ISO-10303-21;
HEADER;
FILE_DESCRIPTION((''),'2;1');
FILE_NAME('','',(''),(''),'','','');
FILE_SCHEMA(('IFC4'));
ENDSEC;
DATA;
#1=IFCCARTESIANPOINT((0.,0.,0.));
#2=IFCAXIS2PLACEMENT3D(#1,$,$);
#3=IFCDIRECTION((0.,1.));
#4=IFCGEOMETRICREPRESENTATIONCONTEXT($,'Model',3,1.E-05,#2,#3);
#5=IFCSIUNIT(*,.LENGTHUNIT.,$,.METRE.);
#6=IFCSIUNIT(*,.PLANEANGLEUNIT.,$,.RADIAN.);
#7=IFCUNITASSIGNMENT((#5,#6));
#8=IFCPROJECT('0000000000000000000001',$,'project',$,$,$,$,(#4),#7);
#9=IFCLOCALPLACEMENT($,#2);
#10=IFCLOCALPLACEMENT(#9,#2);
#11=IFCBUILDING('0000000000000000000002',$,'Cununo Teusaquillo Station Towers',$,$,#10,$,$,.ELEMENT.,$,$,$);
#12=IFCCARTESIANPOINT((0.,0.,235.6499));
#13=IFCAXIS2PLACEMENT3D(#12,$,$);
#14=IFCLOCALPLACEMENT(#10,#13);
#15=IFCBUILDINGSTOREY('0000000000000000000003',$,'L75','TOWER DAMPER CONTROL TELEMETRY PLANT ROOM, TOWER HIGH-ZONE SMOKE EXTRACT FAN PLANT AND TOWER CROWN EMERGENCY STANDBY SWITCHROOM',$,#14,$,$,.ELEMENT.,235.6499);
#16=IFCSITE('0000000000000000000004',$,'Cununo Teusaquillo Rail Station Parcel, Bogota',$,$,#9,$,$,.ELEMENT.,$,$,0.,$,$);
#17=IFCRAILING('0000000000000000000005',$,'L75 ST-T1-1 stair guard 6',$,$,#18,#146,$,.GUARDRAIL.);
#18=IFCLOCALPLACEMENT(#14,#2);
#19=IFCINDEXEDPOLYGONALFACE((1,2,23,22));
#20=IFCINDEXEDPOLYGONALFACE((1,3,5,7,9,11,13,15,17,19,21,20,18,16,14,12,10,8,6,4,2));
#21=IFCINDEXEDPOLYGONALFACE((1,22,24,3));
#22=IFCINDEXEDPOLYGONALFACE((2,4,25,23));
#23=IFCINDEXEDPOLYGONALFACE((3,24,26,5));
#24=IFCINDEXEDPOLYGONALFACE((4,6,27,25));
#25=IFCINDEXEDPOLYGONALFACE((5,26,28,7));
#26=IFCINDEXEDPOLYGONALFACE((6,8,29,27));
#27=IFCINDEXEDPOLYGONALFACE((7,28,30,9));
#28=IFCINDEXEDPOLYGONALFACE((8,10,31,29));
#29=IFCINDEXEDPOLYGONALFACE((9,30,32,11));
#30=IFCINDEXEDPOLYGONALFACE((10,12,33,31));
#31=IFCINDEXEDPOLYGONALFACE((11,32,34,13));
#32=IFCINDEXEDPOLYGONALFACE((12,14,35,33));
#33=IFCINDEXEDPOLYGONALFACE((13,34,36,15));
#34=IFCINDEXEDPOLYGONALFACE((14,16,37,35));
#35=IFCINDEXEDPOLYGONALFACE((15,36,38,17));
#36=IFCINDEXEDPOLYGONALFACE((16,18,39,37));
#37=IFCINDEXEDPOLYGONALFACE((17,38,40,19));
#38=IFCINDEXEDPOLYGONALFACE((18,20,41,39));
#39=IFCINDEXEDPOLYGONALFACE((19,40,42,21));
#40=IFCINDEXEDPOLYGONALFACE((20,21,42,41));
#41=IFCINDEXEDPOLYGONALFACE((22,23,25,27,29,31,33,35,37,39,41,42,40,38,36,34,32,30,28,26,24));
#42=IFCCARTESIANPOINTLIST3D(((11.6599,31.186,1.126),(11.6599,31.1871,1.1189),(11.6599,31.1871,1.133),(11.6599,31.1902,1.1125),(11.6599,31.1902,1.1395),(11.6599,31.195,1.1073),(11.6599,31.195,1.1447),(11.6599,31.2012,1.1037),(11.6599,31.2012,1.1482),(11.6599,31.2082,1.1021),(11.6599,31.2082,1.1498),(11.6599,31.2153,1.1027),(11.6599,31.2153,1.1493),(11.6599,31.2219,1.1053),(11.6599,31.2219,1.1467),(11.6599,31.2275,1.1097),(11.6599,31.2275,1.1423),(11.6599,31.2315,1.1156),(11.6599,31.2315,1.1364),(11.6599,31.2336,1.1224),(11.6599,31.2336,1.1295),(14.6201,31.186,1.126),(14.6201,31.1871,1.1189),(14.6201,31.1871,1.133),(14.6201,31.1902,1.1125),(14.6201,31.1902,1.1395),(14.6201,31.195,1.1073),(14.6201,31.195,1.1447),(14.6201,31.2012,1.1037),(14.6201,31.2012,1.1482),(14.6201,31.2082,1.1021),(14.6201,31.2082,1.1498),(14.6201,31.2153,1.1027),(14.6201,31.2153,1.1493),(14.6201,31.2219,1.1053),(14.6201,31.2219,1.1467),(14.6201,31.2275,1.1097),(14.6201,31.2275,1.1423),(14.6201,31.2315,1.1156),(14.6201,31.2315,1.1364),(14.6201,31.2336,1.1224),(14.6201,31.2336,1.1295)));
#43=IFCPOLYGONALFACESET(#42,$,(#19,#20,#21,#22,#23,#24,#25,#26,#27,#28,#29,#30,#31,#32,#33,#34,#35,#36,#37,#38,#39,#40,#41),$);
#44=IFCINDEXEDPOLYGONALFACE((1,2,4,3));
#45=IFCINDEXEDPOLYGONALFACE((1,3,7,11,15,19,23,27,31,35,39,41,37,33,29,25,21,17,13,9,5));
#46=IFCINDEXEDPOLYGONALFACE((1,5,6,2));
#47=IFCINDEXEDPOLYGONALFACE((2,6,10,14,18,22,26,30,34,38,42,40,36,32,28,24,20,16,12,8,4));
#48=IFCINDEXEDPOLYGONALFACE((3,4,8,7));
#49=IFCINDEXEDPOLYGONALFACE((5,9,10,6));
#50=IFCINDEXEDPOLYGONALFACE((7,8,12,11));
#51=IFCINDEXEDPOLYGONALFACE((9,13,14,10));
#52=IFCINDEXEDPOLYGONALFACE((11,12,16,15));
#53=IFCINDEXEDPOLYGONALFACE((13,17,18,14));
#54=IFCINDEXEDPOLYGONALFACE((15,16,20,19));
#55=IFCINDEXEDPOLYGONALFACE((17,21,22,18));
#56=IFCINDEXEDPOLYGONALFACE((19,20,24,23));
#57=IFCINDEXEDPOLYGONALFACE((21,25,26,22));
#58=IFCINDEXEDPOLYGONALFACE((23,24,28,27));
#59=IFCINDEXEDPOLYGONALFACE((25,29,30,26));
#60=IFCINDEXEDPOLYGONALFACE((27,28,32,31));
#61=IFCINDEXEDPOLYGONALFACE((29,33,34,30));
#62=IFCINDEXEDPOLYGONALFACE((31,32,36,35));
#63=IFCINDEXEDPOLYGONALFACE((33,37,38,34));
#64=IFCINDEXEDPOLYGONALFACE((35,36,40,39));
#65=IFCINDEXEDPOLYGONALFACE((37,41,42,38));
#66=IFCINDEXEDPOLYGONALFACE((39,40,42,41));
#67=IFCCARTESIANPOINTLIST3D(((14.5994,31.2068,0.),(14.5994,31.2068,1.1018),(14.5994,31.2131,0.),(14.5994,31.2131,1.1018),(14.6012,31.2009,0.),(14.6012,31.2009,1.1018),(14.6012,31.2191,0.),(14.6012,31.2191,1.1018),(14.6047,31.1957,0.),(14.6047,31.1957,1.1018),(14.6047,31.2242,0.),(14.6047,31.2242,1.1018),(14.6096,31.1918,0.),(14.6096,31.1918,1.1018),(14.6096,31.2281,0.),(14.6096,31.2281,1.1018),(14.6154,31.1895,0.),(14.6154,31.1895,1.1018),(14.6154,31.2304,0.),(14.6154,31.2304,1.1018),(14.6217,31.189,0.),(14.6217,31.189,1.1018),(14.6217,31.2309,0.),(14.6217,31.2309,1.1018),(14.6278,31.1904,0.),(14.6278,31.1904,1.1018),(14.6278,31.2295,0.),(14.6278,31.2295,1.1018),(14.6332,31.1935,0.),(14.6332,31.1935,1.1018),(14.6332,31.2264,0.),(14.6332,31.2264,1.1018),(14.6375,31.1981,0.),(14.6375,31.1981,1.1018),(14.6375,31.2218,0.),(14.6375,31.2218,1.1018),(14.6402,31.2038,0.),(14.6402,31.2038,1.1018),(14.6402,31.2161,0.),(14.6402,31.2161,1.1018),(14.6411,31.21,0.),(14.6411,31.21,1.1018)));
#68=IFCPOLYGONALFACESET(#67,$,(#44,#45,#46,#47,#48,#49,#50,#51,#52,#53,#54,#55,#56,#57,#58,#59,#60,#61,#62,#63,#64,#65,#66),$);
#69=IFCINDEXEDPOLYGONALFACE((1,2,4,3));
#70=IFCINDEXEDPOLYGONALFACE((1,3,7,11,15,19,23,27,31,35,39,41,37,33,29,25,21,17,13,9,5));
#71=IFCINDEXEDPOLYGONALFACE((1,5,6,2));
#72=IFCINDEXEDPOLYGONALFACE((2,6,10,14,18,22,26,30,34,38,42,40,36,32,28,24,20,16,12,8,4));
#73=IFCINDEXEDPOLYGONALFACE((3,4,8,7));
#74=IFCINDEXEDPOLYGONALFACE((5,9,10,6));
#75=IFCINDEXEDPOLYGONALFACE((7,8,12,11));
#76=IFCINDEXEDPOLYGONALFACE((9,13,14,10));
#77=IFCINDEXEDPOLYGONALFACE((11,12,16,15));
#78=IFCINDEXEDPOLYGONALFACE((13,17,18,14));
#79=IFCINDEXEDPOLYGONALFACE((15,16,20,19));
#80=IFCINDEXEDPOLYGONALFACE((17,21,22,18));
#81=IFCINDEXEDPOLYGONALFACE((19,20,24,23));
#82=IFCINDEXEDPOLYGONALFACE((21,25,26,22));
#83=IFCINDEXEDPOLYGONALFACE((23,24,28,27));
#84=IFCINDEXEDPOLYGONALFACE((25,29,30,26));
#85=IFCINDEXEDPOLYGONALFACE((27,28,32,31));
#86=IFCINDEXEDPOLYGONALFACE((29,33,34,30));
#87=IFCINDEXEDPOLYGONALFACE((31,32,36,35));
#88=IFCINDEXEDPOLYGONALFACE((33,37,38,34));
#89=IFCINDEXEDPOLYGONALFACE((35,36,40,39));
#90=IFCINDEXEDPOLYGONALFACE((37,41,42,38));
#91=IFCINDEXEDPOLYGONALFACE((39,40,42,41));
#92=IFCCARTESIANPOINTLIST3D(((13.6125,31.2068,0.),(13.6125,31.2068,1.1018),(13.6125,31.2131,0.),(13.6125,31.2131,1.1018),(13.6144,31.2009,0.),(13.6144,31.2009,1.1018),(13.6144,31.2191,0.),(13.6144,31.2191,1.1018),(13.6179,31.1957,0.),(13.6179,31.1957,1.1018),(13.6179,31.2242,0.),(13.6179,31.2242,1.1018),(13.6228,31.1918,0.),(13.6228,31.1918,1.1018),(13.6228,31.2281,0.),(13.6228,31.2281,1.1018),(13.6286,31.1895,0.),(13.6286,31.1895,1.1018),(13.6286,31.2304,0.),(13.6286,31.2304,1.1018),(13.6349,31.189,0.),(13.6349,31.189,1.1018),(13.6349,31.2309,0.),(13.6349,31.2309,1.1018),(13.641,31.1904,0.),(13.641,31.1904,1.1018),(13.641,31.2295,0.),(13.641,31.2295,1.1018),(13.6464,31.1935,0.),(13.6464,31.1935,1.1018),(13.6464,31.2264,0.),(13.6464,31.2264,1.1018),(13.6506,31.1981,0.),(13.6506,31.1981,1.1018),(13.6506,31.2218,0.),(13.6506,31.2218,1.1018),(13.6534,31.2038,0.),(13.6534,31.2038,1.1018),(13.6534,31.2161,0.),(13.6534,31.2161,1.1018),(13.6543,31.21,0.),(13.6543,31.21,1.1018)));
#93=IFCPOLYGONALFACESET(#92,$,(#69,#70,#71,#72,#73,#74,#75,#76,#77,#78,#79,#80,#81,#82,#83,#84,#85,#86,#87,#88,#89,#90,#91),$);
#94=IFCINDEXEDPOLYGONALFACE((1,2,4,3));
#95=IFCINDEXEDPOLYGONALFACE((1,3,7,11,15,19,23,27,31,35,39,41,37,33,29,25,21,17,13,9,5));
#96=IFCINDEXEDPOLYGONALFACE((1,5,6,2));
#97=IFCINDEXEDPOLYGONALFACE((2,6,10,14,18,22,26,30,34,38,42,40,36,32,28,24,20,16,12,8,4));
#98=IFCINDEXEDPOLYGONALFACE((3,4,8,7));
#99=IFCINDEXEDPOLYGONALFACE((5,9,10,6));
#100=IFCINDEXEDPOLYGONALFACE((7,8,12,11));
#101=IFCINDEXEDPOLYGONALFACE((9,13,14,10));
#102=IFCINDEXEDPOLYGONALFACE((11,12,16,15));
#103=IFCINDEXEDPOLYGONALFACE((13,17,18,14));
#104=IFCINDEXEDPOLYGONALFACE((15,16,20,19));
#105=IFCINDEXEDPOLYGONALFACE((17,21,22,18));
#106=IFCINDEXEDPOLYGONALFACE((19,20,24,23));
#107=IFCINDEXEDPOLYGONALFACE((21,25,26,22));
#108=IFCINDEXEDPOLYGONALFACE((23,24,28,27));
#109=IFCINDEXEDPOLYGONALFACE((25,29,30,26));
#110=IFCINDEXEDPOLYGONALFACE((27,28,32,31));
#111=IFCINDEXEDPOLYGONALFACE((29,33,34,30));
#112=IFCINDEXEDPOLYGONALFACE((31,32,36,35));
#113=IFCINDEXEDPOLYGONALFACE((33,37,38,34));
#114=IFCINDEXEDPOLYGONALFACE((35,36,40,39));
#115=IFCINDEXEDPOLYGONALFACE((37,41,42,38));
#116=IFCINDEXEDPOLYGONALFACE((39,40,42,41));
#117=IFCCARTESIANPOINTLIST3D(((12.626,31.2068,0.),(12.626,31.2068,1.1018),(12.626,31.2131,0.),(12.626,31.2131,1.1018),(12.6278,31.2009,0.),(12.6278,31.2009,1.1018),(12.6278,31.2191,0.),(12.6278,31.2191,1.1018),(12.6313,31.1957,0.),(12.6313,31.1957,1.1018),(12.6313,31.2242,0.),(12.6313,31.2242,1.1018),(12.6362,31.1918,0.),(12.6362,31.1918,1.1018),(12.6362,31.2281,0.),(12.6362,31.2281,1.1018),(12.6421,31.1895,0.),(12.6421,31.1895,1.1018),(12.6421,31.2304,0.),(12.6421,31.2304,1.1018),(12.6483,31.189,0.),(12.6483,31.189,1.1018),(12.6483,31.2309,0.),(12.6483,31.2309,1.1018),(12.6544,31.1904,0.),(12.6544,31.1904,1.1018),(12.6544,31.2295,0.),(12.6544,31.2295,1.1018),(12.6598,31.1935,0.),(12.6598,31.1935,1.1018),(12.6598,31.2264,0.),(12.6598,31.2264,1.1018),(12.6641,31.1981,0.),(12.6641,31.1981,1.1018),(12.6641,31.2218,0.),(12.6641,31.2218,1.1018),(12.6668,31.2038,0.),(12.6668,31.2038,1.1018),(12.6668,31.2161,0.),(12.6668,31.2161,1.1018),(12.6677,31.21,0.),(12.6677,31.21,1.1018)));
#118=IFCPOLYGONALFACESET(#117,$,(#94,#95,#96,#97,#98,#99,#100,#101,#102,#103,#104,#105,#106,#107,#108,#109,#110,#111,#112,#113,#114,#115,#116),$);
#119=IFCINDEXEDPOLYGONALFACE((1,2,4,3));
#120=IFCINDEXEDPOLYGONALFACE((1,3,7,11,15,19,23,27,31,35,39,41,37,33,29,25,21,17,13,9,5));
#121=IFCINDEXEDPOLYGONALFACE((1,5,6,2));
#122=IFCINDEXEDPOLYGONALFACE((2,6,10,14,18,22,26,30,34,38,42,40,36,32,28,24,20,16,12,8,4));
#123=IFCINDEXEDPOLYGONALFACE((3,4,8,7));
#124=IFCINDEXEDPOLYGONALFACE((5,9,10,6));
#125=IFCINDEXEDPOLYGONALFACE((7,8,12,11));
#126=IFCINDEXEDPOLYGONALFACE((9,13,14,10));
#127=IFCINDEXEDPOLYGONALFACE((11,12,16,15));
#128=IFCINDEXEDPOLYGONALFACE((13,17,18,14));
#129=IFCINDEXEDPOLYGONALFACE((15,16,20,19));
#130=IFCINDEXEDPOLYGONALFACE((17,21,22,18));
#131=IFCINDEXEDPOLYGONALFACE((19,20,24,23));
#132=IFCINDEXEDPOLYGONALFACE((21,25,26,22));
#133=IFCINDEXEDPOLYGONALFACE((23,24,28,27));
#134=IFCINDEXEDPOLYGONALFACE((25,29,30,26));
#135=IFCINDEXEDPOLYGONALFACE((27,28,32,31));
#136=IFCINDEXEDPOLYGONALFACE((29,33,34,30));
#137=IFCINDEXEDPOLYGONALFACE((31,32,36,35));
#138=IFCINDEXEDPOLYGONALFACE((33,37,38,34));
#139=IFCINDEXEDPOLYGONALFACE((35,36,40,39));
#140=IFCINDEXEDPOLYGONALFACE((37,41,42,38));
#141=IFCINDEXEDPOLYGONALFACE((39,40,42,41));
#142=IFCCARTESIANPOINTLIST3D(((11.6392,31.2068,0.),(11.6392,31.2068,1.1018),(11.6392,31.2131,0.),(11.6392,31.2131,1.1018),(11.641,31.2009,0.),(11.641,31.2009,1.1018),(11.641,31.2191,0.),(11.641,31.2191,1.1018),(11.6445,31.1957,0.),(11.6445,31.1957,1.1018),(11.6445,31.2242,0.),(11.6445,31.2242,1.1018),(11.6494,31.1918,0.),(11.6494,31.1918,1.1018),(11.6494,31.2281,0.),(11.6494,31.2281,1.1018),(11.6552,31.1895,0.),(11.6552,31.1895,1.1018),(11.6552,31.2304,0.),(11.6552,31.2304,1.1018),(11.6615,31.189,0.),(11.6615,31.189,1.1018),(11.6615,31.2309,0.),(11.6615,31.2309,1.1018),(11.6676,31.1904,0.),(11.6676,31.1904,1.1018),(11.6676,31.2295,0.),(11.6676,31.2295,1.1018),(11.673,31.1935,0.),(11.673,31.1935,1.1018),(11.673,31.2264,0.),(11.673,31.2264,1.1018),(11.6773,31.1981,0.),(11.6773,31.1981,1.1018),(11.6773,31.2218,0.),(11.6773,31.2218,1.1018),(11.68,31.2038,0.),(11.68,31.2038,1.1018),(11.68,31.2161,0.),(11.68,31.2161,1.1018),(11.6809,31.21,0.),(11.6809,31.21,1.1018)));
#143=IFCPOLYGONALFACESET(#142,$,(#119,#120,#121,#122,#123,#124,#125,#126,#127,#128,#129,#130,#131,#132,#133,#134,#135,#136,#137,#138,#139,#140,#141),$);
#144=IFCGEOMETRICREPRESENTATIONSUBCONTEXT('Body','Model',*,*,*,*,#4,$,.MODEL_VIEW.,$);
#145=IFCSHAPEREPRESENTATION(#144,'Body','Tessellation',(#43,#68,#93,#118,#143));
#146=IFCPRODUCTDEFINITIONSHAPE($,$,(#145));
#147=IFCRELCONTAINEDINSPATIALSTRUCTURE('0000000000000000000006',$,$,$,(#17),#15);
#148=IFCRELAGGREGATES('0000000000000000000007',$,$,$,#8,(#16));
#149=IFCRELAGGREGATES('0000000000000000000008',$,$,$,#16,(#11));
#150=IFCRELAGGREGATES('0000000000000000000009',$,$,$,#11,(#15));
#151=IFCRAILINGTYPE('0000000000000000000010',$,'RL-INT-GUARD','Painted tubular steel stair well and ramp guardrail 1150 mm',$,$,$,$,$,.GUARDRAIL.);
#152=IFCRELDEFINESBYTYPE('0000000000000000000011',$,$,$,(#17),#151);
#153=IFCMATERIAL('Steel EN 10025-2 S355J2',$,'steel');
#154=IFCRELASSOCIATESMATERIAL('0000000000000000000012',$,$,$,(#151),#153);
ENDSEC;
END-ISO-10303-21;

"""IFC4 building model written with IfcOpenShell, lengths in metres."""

from ifc_helpers import new_model, si_unit, direction, frame, origin, origin_2d, place, context, subcontext, project, spatial, circle, extrude, material, type_object, element, save


model = new_model("IFC4")

# Units and contexts
model_context = context("Model", 3, precision=1e-05, world=origin(), true_north=direction((0.0, 1.0)))
body_context = subcontext(model_context, "Body", "Model", "MODEL_VIEW")
ifc_project = project(units=[si_unit("LENGTHUNIT", "METRE"), si_unit("PLANEANGLEUNIT", "RADIAN")], contexts=[model_context])

# Site, building, storey
site_placement = place(None, origin())
site = spatial("IfcSite", under=ifc_project, at=site_placement, Name="Cununo Teusaquillo Rail Station Parcel, Bogota", CompositionType="ELEMENT", RefElevation=0.0)
building_placement = place(site_placement, origin())
building = spatial("IfcBuilding", under=site, at=building_placement, Name="Cununo Teusaquillo Station Towers", CompositionType="ELEMENT")
storey_placement = place(building_placement, frame((0.0, 0.0, 235.6499)))
storey = spatial("IfcBuildingStorey", under=building, at=storey_placement, Name="L75", Description="TOWER DAMPER CONTROL TELEMETRY PLANT ROOM, TOWER HIGH-ZONE SMOKE EXTRACT FAN PLANT AND TOWER CROWN EMERGENCY STANDBY SWITCHROOM", CompositionType="ELEMENT", Elevation=235.6499)

# Railing
ifc_material_1 = material(Name="Steel EN 10025-2 S355J2", Category="steel")
railing_type_1 = type_object("IfcRailingType", Name="RL-INT-GUARD", Description="Painted tubular steel stair well and ramp guardrail 1150 mm", PredefinedType="GUARDRAIL", material=ifc_material_1)
railing_1_placement = place(storey_placement, frame((14.6201, 31.21, 0.0)))
element("IfcRailing", 1, at=railing_1_placement, inside=storey, type_object=railing_type_1, Name="L75 ST-T1-1 stair guard 6", PredefinedType="GUARDRAIL", context=body_context, shape_type="SweptSolid", body=[
    extrude(circle(Radius=0.0239, at=origin_2d()), frame((0.0, 0.0, 1.126), z_axis=(-1.0, 0.0, 0.0), x_axis=(0.0, -1.0, 0.0)), (0.0, 0.0, 1.0), 2.9602),
    extrude(circle(Radius=0.021, at=origin_2d()), origin(), (0.0, 0.0, 1.0), 1.1018),
    extrude(circle(Radius=0.021, at=origin_2d()), frame((-0.9868, 0.0, 0.0)), (0.0, 0.0, 1.0), 1.1018),
    extrude(circle(Radius=0.021, at=origin_2d()), frame((-1.9734, 0.0, 0.0)), (0.0, 0.0, 1.0), 1.1018),
    extrude(circle(Radius=0.021, at=origin_2d()), frame((-2.9602, 0.0, 0.0)), (0.0, 0.0, 1.0), 1.1018),
])

save(model, "model.ifc")
